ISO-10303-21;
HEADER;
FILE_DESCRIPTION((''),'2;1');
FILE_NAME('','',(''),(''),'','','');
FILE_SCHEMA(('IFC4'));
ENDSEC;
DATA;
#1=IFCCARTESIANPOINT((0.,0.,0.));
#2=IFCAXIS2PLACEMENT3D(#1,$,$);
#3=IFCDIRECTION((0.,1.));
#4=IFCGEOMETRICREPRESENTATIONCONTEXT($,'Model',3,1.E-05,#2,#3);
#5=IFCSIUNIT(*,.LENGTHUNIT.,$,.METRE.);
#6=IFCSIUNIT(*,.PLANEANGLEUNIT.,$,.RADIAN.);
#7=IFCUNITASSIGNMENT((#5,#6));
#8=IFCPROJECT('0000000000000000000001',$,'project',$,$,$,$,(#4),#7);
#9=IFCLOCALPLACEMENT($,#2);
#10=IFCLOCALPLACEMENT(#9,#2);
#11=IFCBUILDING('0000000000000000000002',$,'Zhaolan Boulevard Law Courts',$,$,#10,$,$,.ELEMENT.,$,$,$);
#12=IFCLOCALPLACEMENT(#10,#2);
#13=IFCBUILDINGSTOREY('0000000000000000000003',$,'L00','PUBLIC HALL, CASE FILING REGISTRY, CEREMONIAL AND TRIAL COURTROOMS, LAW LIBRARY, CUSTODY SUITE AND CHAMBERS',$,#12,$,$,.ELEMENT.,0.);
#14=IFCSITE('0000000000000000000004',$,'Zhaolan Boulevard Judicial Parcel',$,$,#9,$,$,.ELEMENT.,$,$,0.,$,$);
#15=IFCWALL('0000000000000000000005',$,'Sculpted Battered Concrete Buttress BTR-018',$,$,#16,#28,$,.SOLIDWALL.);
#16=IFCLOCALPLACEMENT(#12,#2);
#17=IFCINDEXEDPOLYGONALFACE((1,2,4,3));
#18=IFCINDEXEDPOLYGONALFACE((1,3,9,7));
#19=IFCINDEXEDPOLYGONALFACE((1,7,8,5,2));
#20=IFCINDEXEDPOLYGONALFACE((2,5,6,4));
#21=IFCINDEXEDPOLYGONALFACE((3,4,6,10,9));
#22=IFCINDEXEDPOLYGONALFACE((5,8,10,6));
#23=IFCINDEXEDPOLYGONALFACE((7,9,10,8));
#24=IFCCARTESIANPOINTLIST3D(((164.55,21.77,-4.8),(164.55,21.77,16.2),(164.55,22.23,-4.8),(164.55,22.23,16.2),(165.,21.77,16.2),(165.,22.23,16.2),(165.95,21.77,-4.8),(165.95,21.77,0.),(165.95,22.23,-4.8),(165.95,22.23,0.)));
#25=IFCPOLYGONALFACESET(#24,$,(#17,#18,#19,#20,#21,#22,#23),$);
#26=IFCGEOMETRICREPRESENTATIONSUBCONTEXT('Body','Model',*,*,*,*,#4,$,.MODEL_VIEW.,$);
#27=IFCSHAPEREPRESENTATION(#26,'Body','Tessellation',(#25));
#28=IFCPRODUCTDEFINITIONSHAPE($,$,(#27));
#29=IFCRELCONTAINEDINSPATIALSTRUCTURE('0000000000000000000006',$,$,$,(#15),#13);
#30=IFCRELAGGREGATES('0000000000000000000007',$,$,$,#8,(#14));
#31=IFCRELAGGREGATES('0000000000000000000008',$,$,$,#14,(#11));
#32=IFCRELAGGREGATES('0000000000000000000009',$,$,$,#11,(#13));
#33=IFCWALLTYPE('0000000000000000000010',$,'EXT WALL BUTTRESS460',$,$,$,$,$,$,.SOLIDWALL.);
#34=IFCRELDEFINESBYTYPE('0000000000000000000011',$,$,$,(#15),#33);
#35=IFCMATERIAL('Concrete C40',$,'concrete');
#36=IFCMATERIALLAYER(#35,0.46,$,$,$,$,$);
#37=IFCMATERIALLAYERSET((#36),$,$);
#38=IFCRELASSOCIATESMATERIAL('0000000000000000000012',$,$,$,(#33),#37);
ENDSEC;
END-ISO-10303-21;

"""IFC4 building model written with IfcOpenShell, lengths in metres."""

from ifc_helpers import new_model, si_unit, direction, frame, origin, place, context, subcontext, project, spatial, polyline, outline, extrude, material, layer, layer_set, type_object, element, save


model = new_model("IFC4")

# Units and contexts
model_context = context("Model", 3, precision=1e-05, world=origin(), true_north=direction((0.0, 1.0)))
body_context = subcontext(model_context, "Body", "Model", "MODEL_VIEW")
ifc_project = project(units=[si_unit("LENGTHUNIT", "METRE"), si_unit("PLANEANGLEUNIT", "RADIAN")], contexts=[model_context])

# Site, building, storey
site_placement = place(None, origin())
site = spatial("IfcSite", under=ifc_project, at=site_placement, Name="Zhaolan Boulevard Judicial Parcel", CompositionType="ELEMENT", RefElevation=0.0)
building_placement = place(site_placement, origin())
building = spatial("IfcBuilding", under=site, at=building_placement, Name="Zhaolan Boulevard Law Courts", CompositionType="ELEMENT")
storey_placement = place(building_placement, origin())
storey = spatial("IfcBuildingStorey", under=building, at=storey_placement, Name="L00", Description="PUBLIC HALL, CASE FILING REGISTRY, CEREMONIAL AND TRIAL COURTROOMS, LAW LIBRARY, CUSTODY SUITE AND CHAMBERS", CompositionType="ELEMENT", Elevation=0.0)

# Wall
ifc_material_1 = material(Name="Concrete C40", Category="concrete")
ifc_layer_1 = layer(ifc_material_1, 0.46)
ifc_layer_set_1 = layer_set([ifc_layer_1])
wall_type = type_object("IfcWallType", Name="EXT WALL BUTTRESS460", PredefinedType="SOLIDWALL", material=ifc_layer_set_1)
wall_placement = place(storey_placement, frame((164.55, 22.0, -4.8), z_axis=(0.0, 0.0, 1.0), x_axis=(1.0, 0.0, 0.0)))
element("IfcWall", 1, at=wall_placement, inside=storey, type_object=wall_type, Name="Sculpted Battered Concrete Buttress BTR-018", PredefinedType="SOLIDWALL", context=body_context, shape_type="SweptSolid", body=[
    extrude(outline(polyline([(0.0, 0.0), (1.3999, 0.0), (1.3999, 4.8), (0.45, 21.0), (0.0, 21.0), (0.0, 0.0)])), frame((0.0, 0.23, 0.0), z_axis=(0.0, -1.0, 0.0), x_axis=(1.0, 0.0, 0.0)), (0.0, 0.0, 1.0), 0.46),
])

save(model, "model.ifc")
